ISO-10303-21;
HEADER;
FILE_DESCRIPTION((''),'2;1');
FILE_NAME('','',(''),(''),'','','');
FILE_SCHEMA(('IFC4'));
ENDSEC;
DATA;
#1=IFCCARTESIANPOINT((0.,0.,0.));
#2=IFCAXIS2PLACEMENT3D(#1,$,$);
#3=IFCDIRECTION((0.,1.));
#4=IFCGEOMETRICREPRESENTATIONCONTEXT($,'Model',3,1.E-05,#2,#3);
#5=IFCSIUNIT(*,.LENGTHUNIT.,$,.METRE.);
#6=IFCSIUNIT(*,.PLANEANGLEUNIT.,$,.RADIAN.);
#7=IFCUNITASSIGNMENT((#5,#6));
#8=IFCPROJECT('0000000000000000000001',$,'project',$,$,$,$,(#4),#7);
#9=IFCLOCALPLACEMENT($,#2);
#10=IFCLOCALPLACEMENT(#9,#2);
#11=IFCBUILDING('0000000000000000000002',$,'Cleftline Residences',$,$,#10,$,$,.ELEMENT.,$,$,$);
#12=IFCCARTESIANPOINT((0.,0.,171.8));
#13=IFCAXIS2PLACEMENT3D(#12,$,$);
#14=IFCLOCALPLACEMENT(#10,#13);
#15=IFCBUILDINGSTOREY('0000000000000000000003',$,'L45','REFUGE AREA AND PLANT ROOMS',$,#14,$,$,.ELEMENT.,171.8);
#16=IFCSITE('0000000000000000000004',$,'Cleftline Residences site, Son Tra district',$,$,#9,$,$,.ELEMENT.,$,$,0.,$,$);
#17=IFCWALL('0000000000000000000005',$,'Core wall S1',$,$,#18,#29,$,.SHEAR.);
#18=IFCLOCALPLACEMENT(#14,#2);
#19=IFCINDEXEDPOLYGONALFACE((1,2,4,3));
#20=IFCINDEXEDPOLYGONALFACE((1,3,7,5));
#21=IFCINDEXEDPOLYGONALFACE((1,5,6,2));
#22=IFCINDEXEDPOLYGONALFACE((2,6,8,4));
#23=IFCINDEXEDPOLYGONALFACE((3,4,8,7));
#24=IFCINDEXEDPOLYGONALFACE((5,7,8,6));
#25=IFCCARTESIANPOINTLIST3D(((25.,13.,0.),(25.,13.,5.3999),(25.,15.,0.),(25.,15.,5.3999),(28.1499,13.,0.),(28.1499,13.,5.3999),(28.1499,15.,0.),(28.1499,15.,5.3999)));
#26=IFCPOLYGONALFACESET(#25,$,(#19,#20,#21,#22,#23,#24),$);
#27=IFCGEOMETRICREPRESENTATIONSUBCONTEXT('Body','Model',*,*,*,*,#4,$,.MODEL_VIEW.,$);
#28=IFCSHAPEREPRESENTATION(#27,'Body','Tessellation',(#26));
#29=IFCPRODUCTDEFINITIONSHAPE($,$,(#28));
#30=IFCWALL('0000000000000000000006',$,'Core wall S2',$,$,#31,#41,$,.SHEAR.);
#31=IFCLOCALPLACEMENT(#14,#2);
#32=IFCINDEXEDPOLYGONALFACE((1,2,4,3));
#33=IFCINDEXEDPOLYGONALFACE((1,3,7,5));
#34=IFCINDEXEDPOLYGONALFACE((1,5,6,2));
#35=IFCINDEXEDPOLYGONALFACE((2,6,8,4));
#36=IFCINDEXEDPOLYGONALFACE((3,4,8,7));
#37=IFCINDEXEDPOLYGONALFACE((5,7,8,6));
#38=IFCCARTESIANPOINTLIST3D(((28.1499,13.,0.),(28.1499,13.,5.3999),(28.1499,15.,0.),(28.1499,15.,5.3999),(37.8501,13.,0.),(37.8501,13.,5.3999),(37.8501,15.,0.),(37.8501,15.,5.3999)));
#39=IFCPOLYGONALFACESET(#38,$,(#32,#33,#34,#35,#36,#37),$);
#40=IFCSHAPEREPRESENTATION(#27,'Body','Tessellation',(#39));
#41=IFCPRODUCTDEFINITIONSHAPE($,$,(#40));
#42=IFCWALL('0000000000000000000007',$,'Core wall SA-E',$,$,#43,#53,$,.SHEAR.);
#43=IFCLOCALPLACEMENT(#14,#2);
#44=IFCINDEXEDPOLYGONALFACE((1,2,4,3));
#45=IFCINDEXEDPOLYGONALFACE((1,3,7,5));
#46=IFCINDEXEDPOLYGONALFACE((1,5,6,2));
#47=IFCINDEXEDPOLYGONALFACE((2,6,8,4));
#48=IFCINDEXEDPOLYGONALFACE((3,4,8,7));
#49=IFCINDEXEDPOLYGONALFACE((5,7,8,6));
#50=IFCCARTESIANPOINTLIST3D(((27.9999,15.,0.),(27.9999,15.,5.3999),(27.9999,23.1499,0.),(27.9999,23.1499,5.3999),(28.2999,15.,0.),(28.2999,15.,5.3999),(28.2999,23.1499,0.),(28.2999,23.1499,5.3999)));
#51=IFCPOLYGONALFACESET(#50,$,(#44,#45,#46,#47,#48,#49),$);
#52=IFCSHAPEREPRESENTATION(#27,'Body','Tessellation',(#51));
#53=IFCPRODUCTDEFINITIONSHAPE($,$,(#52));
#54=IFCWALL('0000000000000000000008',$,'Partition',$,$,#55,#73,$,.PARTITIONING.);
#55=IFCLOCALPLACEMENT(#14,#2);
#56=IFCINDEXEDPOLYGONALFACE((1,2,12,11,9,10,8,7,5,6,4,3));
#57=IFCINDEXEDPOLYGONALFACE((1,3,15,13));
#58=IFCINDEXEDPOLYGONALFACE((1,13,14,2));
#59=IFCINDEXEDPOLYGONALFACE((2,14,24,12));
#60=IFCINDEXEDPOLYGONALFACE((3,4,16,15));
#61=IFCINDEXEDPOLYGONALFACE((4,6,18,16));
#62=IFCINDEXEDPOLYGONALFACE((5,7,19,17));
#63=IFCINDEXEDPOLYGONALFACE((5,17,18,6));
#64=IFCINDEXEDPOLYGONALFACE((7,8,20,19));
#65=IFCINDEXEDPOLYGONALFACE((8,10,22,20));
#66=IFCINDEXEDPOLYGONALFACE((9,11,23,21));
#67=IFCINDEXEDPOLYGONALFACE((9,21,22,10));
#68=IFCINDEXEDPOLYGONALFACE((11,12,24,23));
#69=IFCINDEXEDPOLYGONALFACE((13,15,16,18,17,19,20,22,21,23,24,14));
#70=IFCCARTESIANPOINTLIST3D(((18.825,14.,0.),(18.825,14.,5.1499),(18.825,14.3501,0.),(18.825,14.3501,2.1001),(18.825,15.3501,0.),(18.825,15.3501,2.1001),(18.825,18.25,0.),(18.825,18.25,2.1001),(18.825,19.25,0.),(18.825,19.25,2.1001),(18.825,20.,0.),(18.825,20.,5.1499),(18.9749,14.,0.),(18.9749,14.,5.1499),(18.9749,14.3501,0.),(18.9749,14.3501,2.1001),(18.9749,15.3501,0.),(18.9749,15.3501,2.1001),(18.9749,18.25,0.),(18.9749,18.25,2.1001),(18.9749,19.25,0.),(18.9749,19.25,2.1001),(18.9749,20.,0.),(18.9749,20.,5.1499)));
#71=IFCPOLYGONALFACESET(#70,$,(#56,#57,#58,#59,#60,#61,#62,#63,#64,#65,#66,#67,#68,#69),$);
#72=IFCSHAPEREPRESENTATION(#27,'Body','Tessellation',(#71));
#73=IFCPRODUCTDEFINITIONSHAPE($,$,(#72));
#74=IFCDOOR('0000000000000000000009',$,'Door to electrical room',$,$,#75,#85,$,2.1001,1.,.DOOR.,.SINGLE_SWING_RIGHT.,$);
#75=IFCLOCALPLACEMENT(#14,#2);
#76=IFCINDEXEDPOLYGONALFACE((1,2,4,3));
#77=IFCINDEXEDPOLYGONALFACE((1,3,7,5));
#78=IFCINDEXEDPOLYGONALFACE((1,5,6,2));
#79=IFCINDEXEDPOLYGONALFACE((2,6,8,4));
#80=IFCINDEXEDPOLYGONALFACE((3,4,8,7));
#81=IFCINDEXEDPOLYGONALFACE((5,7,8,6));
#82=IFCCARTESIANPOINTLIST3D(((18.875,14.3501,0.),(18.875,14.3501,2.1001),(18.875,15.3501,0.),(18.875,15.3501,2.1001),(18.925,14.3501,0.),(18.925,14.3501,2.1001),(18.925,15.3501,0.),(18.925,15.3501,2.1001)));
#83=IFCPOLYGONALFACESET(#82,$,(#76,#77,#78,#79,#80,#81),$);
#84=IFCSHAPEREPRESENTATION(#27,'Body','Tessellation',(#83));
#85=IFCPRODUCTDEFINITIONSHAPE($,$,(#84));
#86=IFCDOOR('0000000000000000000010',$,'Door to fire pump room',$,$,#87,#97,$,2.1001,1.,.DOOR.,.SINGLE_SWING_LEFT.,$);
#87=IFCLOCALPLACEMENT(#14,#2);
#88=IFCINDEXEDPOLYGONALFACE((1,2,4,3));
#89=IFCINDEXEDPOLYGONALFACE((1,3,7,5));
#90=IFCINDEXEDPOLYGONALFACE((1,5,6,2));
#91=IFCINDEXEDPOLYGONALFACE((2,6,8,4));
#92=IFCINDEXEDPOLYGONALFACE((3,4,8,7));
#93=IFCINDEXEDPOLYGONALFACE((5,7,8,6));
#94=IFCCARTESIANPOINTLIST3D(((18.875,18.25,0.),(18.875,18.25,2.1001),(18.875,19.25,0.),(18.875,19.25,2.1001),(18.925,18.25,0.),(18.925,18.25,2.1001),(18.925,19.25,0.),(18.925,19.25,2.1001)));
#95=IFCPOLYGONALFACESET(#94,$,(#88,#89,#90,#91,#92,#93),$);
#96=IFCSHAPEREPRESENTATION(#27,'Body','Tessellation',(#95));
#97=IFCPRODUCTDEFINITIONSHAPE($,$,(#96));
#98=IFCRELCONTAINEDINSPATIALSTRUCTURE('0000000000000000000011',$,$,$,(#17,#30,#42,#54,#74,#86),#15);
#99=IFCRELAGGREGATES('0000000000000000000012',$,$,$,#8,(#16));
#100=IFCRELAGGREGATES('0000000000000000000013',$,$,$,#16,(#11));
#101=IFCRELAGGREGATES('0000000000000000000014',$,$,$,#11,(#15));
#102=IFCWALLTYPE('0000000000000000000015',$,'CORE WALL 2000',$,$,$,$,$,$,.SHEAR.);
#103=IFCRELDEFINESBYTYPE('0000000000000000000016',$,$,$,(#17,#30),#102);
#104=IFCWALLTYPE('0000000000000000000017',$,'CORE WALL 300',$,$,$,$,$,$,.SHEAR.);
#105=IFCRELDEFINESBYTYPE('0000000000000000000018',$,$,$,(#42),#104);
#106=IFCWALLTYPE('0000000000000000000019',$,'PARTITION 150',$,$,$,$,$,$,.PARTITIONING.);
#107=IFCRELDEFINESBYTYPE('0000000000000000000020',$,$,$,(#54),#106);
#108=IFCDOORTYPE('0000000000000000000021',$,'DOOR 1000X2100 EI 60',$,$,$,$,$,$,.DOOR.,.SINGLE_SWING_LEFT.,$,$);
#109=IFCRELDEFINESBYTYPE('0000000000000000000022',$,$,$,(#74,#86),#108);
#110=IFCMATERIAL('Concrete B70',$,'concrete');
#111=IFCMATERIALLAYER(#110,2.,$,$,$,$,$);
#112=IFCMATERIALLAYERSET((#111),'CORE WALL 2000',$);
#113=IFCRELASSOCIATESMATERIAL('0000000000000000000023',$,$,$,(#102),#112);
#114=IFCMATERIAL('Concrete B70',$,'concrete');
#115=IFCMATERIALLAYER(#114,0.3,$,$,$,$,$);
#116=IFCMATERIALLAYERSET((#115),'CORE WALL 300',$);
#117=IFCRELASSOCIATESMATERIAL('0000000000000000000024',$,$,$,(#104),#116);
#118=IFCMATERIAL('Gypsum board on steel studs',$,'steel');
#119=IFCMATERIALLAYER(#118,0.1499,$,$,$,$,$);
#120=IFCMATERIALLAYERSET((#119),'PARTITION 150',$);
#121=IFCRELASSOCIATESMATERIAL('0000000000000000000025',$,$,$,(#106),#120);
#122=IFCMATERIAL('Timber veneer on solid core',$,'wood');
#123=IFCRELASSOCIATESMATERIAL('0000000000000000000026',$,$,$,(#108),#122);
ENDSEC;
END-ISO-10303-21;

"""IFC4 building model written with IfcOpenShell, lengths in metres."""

from ifc_helpers import new_model, si_unit, direction, frame, frame_2d, origin, place, context, subcontext, project, spatial, rectangle, extrude, material, layer, layer_set, type_object, element, fill, save


model = new_model("IFC4")

# Units and contexts
model_context = context("Model", 3, precision=1e-05, world=origin(), true_north=direction((0.0, 1.0)))
body_context = subcontext(model_context, "Body", "Model", "MODEL_VIEW")
ifc_project = project(units=[si_unit("LENGTHUNIT", "METRE"), si_unit("PLANEANGLEUNIT", "RADIAN")], contexts=[model_context])

# Site, building, storey
site_placement = place(None, origin())
site = spatial("IfcSite", under=ifc_project, at=site_placement, Name="Cleftline Residences site, Son Tra district", CompositionType="ELEMENT", RefElevation=0.0)
building_placement = place(site_placement, origin())
building = spatial("IfcBuilding", under=site, at=building_placement, Name="Cleftline Residences", CompositionType="ELEMENT")
storey_placement = place(building_placement, frame((0.0, 0.0, 171.8)))
storey = spatial("IfcBuildingStorey", under=building, at=storey_placement, Name="L45", Description="REFUGE AREA AND PLANT ROOMS", CompositionType="ELEMENT", Elevation=171.8)

# Walls
ifc_material_1 = material(Name="Concrete B70", Category="concrete")
ifc_layer_1 = layer(ifc_material_1, 2.0)
ifc_layer_set_1 = layer_set([ifc_layer_1], Name="CORE WALL 2000")
wall_type_1 = type_object("IfcWallType", Name="CORE WALL 2000", PredefinedType="SHEAR", material=ifc_layer_set_1)
wall_1_placement = place(storey_placement, frame((25.0, 14.0, 0.0), z_axis=(0.0, 0.0, 1.0), x_axis=(1.0, 0.0, 0.0)))
element("IfcWall", 1, at=wall_1_placement, inside=storey, type_object=wall_type_1, Name="Core wall S1", PredefinedType="SHEAR", context=body_context, shape_type="SweptSolid", body=[
    extrude(rectangle(XDim=3.1499, YDim=2.0, at=frame_2d((1.575, 0.0))), origin(), (0.0, 0.0, 1.0), 5.3999),
])
wall_2_placement = place(storey_placement, frame((28.1499, 14.0, 0.0), z_axis=(0.0, 0.0, 1.0), x_axis=(1.0, 0.0, 0.0)))
element("IfcWall", 2, at=wall_2_placement, inside=storey, type_object=wall_type_1, Name="Core wall S2", PredefinedType="SHEAR", context=body_context, shape_type="SweptSolid", body=[
    extrude(rectangle(XDim=9.7002, YDim=2.0, at=frame_2d((4.8501, 0.0))), origin(), (0.0, 0.0, 1.0), 5.3999),
])
ifc_material_2 = material(Name="Concrete B70", Category="concrete")
ifc_layer_2 = layer(ifc_material_2, 0.3)
ifc_layer_set_2 = layer_set([ifc_layer_2], Name="CORE WALL 300")
wall_type_2 = type_object("IfcWallType", Name="CORE WALL 300", PredefinedType="SHEAR", material=ifc_layer_set_2)
wall_3_placement = place(storey_placement, frame((28.1499, 15.0, 0.0), z_axis=(0.0, 0.0, 1.0), x_axis=(0.0, 1.0, 0.0)))
element("IfcWall", 3, at=wall_3_placement, inside=storey, type_object=wall_type_2, Name="Core wall SA-E", PredefinedType="SHEAR", context=body_context, shape_type="SweptSolid", body=[
    extrude(rectangle(XDim=8.1499, YDim=0.3, at=frame_2d((4.075, 0.0))), origin(), (0.0, 0.0, 1.0), 5.3999),
])

# Wall, openings, doors
ifc_material_3 = material(Name="Gypsum board on steel studs", Category="steel")
ifc_layer_3 = layer(ifc_material_3, 0.1499)
ifc_layer_set_3 = layer_set([ifc_layer_3], Name="PARTITION 150")
wall_type_3 = type_object("IfcWallType", Name="PARTITION 150", PredefinedType="PARTITIONING", material=ifc_layer_set_3)
wall_4_placement = place(storey_placement, frame((18.8999, 14.0, 0.0), z_axis=(0.0, 0.0, 1.0), x_axis=(0.0, 1.0, 0.0)))
wall_4 = element("IfcWall", 4, at=wall_4_placement, inside=storey, type_object=wall_type_3, Name="Partition", PredefinedType="PARTITIONING", context=body_context, shape_type="SweptSolid", body=[
    extrude(rectangle(XDim=6.0, YDim=0.1499, at=frame_2d((3.0, 0.0))), origin(), (0.0, 0.0, 1.0), 5.1499),
])
opening_1_placement = place(wall_4_placement, frame((0.3501, 0.0, 0.0)))
opening_1 = element("IfcOpeningElement", 5, at=opening_1_placement, cuts=wall_4, PredefinedType="OPENING", context=body_context, shape_type="SweptSolid", body=[
    extrude(rectangle(XDim=1.0, YDim=2.1001, at=frame_2d((0.5, 1.05))), frame((0.0, 0.085, 0.0), z_axis=(0.0, -1.0, 0.0), x_axis=(1.0, 0.0, 0.0)), (0.0, 0.0, 1.0), 0.1699),
])
opening_2_placement = place(wall_4_placement, frame((4.25, 0.0, 0.0)))
opening_2 = element("IfcOpeningElement", 6, at=opening_2_placement, cuts=wall_4, PredefinedType="OPENING", context=body_context, shape_type="SweptSolid", body=[
    extrude(rectangle(XDim=1.0, YDim=2.1001, at=frame_2d((0.5, 1.05))), frame((0.0, 0.085, 0.0), z_axis=(0.0, -1.0, 0.0), x_axis=(1.0, 0.0, 0.0)), (0.0, 0.0, 1.0), 0.1699),
])
ifc_material_4 = material(Name="Timber veneer on solid core", Category="wood")
door_type = type_object("IfcDoorType", Name="DOOR 1000X2100 EI 60", OperationType="SINGLE_SWING_LEFT", PredefinedType="DOOR", material=ifc_material_4)
door_1_placement = place(opening_1_placement, origin())
door_1 = element("IfcDoor", 7, at=door_1_placement, inside=storey, type_object=door_type, Name="Door to electrical room", OperationType="SINGLE_SWING_RIGHT", OverallHeight=2.1001, OverallWidth=1.0, PredefinedType="DOOR", context=body_context, shape_type="SweptSolid", body=[
    extrude(rectangle(XDim=1.0, YDim=2.1001, at=frame_2d((0.5, 1.05))), frame((0.0, 0.0249, 0.0), z_axis=(0.0, -1.0, 0.0), x_axis=(1.0, 0.0, 0.0)), (0.0, 0.0, 1.0), 0.05),
])
fill(opening_1, door_1)
door_2_placement = place(opening_2_placement, origin())
door_2 = element("IfcDoor", 8, at=door_2_placement, inside=storey, type_object=door_type, Name="Door to fire pump room", OperationType="SINGLE_SWING_LEFT", OverallHeight=2.1001, OverallWidth=1.0, PredefinedType="DOOR", context=body_context, shape_type="SweptSolid", body=[
    extrude(rectangle(XDim=1.0, YDim=2.1001, at=frame_2d((0.5, 1.05))), frame((0.0, 0.0249, 0.0), z_axis=(0.0, -1.0, 0.0), x_axis=(1.0, 0.0, 0.0)), (0.0, 0.0, 1.0), 0.05),
])
fill(opening_2, door_2)

save(model, "model.ifc")
